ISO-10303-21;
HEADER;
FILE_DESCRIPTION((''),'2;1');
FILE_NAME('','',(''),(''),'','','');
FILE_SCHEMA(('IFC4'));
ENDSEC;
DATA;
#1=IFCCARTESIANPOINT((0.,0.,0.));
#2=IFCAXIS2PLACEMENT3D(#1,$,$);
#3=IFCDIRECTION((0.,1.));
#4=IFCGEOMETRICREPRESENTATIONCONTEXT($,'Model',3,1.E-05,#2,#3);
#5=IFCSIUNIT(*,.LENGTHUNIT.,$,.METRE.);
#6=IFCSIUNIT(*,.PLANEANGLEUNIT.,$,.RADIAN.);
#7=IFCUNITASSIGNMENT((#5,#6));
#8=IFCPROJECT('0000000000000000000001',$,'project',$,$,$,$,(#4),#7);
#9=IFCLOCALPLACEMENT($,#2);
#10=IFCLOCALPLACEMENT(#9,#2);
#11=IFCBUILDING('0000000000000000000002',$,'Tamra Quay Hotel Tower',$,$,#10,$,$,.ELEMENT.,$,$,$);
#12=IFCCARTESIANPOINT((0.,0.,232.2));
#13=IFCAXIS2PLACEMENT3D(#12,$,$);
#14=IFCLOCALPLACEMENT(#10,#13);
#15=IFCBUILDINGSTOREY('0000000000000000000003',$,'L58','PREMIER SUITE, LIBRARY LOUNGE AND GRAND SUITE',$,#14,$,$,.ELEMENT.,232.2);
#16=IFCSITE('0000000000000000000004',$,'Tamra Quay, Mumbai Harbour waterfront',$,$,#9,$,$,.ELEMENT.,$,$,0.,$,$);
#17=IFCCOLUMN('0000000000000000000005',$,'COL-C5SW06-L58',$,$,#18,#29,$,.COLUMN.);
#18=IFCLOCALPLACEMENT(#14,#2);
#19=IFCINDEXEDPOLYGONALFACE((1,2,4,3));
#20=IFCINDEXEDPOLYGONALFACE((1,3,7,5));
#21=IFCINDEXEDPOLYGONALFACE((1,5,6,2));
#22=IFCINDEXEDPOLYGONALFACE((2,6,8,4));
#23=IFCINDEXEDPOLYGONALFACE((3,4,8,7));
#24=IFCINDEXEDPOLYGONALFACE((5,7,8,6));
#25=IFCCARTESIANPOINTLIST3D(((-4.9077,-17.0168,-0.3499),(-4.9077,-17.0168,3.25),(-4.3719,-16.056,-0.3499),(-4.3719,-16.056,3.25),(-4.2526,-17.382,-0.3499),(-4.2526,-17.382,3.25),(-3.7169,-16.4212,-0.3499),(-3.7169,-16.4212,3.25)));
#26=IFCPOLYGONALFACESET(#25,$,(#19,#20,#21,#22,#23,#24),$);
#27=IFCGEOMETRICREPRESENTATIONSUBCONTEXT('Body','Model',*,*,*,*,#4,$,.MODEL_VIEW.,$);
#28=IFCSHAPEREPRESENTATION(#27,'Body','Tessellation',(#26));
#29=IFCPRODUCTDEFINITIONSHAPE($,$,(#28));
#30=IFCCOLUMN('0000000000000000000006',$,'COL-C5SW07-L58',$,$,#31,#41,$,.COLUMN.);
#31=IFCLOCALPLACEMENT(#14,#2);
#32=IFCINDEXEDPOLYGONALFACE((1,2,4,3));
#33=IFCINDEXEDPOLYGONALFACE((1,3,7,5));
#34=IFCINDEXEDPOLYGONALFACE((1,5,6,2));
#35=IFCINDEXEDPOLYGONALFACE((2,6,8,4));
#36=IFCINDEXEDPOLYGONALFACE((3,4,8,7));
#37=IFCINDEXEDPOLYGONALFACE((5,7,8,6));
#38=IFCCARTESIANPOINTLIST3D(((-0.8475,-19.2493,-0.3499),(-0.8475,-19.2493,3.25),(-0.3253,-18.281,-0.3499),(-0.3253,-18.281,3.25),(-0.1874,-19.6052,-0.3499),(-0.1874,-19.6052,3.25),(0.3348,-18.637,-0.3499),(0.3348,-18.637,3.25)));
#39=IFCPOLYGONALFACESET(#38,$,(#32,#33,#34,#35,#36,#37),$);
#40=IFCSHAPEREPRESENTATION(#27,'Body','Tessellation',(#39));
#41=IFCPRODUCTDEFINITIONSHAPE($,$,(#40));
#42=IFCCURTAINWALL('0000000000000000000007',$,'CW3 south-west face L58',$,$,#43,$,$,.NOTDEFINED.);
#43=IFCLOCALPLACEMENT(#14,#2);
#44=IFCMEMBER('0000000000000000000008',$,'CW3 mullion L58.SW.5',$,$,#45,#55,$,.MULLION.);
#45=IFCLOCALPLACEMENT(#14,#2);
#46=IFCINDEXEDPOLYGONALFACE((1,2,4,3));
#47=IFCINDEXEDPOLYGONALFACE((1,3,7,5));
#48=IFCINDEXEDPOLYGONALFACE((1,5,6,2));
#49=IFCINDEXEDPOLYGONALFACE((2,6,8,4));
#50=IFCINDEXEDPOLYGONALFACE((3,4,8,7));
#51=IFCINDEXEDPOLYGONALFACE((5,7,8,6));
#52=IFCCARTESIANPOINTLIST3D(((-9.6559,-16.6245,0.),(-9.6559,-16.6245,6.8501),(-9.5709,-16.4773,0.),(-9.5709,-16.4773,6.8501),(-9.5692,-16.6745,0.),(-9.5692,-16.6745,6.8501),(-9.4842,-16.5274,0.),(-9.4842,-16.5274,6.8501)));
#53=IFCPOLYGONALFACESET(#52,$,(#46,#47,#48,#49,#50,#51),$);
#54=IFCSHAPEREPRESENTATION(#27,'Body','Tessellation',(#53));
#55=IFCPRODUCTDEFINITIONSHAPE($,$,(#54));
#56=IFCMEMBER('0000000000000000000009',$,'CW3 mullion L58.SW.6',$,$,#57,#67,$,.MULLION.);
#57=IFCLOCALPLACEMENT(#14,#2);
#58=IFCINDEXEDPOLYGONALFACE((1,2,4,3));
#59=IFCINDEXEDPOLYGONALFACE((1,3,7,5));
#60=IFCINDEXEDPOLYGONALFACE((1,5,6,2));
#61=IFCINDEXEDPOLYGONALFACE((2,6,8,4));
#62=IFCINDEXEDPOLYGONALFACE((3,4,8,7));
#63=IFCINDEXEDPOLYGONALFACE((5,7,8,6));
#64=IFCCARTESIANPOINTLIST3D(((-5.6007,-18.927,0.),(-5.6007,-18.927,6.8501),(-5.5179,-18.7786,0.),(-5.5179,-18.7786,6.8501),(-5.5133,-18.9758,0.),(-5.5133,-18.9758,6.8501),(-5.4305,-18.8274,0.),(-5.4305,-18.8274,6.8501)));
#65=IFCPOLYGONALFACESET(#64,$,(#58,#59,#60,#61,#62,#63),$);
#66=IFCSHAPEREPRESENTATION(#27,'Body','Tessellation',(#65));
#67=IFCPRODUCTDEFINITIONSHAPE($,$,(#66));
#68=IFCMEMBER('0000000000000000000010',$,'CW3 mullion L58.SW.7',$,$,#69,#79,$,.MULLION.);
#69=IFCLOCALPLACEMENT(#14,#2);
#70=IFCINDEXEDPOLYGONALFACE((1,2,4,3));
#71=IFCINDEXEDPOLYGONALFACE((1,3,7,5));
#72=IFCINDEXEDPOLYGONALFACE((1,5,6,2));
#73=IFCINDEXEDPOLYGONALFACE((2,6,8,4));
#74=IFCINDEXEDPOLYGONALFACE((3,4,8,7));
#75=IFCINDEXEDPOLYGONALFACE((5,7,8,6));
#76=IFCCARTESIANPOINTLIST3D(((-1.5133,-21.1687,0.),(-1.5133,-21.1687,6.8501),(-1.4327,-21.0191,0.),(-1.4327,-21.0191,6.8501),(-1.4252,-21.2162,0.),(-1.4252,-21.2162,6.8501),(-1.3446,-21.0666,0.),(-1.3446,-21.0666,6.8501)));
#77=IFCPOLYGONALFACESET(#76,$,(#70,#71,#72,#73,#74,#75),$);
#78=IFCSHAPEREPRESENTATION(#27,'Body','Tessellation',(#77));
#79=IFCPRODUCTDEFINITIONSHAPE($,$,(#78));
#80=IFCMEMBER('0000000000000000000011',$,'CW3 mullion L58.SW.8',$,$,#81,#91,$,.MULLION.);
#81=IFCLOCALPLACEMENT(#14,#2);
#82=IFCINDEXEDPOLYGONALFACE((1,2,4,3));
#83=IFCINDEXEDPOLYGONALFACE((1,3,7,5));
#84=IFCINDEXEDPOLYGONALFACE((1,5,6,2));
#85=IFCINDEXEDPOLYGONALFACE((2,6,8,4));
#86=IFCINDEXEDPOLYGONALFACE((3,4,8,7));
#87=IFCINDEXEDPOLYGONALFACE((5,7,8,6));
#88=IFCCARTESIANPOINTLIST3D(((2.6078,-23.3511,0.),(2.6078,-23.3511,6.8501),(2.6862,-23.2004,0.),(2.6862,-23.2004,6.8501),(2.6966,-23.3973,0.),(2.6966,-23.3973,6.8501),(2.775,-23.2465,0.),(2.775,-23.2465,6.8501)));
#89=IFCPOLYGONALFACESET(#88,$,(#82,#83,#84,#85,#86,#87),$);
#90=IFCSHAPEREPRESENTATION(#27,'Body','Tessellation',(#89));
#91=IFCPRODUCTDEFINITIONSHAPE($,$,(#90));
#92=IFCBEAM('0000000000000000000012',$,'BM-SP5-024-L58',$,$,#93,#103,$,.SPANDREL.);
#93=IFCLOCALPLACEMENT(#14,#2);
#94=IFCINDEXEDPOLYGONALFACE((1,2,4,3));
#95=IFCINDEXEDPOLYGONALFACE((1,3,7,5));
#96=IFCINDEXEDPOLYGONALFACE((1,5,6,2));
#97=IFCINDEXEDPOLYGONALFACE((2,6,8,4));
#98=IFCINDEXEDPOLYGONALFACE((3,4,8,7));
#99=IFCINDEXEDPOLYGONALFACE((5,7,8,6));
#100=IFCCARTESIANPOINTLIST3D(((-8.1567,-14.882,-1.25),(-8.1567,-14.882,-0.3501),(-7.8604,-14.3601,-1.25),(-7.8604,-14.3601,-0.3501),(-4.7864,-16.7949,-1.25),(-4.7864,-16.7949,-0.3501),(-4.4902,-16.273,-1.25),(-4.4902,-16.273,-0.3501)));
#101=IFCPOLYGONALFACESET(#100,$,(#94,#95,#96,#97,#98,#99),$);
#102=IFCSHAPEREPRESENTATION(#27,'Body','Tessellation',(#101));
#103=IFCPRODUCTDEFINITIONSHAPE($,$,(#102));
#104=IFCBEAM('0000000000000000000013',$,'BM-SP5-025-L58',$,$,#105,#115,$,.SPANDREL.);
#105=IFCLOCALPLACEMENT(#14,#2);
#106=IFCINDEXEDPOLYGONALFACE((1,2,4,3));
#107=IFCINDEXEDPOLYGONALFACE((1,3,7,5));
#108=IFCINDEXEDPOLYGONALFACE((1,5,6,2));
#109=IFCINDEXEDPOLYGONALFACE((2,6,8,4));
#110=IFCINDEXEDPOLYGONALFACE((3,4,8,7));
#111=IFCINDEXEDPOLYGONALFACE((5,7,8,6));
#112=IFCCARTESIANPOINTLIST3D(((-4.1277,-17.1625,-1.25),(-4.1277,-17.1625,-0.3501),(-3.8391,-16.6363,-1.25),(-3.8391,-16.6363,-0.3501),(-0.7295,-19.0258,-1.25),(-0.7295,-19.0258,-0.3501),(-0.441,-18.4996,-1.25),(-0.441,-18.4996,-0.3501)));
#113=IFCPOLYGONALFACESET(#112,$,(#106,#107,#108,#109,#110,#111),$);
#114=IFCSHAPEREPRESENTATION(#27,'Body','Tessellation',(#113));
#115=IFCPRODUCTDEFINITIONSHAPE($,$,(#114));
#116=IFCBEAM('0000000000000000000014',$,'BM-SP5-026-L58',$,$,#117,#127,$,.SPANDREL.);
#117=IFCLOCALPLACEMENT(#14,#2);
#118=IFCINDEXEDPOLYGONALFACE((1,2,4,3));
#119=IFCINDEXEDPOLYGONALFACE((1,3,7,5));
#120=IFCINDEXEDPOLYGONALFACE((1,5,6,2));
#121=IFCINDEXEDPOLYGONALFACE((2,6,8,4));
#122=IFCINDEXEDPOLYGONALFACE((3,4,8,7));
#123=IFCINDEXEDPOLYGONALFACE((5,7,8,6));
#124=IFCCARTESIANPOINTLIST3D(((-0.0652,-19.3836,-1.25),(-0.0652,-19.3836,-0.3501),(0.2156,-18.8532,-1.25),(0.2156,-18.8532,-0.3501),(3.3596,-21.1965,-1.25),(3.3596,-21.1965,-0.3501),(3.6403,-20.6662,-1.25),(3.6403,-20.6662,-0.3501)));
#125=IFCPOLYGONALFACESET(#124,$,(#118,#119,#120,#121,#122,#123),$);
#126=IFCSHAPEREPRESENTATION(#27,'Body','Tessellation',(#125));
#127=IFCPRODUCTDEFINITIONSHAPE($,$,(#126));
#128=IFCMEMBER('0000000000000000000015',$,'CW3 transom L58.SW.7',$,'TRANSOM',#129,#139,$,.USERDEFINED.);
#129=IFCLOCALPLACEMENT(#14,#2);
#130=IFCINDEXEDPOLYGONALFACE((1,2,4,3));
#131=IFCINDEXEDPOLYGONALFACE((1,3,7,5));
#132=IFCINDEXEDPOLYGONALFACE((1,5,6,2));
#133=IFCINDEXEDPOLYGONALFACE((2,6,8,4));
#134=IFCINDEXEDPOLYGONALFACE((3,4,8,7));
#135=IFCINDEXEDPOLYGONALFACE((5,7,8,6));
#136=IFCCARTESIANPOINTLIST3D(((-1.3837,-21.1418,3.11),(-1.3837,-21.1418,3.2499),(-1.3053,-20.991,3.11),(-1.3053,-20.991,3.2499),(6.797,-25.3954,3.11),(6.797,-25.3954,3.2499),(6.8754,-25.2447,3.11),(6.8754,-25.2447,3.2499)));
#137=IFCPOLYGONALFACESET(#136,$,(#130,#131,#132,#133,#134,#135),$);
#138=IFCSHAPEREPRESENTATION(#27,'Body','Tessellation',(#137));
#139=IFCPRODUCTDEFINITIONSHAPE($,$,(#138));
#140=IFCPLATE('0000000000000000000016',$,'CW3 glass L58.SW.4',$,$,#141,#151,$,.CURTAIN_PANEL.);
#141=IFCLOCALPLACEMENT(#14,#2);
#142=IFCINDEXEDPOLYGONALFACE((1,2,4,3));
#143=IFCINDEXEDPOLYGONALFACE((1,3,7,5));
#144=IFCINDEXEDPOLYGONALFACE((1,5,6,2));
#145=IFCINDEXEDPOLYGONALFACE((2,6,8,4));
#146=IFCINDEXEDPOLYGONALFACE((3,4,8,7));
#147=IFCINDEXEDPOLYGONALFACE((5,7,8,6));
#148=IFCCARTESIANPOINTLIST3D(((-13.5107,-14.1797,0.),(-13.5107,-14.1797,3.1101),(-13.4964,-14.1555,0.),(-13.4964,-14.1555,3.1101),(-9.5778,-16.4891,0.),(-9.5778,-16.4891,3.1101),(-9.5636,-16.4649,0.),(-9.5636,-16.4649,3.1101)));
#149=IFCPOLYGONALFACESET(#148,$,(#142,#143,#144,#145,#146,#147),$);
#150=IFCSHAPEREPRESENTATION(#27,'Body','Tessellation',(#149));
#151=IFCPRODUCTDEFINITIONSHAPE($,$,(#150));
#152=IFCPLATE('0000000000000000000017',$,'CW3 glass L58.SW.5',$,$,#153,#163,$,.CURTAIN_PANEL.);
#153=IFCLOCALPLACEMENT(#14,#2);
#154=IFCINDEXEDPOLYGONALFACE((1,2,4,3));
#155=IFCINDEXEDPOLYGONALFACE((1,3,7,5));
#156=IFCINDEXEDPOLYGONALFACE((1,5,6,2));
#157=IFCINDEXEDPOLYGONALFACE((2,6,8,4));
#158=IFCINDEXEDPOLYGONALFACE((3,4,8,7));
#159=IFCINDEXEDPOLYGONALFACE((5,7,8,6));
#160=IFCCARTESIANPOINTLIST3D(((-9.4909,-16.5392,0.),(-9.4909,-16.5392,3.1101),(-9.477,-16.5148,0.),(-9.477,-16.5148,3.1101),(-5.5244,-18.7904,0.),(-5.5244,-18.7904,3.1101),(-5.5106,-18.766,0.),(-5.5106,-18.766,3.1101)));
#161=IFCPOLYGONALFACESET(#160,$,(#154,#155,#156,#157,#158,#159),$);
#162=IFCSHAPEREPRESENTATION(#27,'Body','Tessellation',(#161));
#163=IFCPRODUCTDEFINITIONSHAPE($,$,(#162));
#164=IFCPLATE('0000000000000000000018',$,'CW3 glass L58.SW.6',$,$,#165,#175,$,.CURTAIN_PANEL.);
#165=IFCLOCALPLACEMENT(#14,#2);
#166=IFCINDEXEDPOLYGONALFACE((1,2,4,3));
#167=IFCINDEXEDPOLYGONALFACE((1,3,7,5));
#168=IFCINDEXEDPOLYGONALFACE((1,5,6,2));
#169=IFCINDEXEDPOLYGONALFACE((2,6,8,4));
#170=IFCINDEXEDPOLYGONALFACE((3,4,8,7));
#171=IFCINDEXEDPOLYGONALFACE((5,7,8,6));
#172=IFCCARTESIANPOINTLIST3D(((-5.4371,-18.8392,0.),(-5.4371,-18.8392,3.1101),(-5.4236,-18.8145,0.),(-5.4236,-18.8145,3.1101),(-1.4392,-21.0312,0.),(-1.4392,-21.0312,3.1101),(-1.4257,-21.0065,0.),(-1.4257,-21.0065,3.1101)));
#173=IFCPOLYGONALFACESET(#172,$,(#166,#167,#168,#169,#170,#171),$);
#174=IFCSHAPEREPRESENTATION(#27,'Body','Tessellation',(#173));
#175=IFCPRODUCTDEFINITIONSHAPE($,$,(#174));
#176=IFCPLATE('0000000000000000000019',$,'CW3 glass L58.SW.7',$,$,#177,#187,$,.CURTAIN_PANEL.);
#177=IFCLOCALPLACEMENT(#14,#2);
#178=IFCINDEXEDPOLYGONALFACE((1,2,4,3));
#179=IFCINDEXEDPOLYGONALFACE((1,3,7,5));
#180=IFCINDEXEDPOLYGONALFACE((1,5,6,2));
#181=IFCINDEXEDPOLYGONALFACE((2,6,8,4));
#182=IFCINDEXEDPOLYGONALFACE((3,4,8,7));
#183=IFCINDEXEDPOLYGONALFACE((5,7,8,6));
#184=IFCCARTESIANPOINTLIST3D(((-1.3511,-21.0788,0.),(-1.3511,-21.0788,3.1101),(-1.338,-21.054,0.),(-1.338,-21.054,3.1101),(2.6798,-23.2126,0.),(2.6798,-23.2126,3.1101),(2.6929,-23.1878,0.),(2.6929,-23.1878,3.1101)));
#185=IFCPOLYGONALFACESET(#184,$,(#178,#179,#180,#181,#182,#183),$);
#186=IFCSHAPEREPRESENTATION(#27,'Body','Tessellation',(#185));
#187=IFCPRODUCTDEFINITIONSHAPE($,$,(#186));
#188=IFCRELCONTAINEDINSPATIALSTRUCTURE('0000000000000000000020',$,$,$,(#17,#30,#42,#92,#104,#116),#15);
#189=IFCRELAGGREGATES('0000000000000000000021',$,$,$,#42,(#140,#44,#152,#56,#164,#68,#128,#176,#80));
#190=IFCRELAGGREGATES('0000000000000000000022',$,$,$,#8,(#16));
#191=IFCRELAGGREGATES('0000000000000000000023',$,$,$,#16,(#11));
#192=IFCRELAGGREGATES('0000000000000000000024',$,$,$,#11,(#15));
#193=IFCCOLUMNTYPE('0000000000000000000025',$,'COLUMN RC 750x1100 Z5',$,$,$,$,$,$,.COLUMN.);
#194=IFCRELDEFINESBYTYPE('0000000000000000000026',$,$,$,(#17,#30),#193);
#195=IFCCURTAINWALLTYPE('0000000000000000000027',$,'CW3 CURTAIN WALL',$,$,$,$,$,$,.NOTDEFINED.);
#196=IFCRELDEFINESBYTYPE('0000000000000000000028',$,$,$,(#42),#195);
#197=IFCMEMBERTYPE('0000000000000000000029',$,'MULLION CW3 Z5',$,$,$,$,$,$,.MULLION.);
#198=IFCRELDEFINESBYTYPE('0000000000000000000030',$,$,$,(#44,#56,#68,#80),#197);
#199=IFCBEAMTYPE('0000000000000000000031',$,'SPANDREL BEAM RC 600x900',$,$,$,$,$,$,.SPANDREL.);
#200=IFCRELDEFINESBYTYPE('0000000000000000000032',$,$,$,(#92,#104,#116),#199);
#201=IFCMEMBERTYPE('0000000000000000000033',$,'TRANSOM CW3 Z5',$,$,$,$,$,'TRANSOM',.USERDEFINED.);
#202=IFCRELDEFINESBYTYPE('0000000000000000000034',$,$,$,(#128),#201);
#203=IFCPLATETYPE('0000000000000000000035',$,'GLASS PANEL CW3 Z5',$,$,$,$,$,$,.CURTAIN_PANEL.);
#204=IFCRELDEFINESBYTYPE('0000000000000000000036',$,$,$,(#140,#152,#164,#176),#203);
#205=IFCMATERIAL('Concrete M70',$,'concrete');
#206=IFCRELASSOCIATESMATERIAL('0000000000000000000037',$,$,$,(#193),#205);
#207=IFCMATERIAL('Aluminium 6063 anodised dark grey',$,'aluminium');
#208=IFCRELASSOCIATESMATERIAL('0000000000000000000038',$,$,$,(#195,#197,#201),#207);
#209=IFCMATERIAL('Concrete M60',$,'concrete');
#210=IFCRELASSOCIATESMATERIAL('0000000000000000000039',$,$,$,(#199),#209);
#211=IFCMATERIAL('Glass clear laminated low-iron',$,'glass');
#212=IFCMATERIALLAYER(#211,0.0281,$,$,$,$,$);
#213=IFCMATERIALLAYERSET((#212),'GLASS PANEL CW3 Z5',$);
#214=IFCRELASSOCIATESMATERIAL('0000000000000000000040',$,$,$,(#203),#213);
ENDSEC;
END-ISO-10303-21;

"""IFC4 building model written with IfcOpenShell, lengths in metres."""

from ifc_helpers import new_model, si_unit, direction, frame, origin, origin_2d, place, context, subcontext, project, spatial, rectangle, extrude, material, layer, layer_set, material_profile, profile_set, type_object, element, aggregate, save


model = new_model("IFC4")

# Units and contexts
model_context = context("Model", 3, precision=1e-05, world=origin(), true_north=direction((0.0, 1.0)))
body_context = subcontext(model_context, "Body", "Model", "MODEL_VIEW")
ifc_project = project(units=[si_unit("LENGTHUNIT", "METRE"), si_unit("PLANEANGLEUNIT", "RADIAN")], contexts=[model_context])

# Site, building, storey
site_placement = place(None, origin())
site = spatial("IfcSite", under=ifc_project, at=site_placement, Name="Tamra Quay, Mumbai Harbour waterfront", CompositionType="ELEMENT", RefElevation=0.0)
building_placement = place(site_placement, origin())
building = spatial("IfcBuilding", under=site, at=building_placement, Name="Tamra Quay Hotel Tower", CompositionType="ELEMENT")
storey_placement = place(building_placement, frame((0.0, 0.0, 232.2)))
storey = spatial("IfcBuildingStorey", under=building, at=storey_placement, Name="L58", Description="PREMIER SUITE, LIBRARY LOUNGE AND GRAND SUITE", CompositionType="ELEMENT", Elevation=232.2)

# Columns
ifc_material_1 = material(Name="Concrete M70", Category="concrete")
ifc_material_profile_1 = material_profile(ifc_material_1, rectangle(XDim=1.1001, YDim=0.75, at=origin_2d()), Name="COLUMN RC 750x1100 Z5")
ifc_profile_set_1 = profile_set([ifc_material_profile_1], Name="Concrete M70")
column_type = type_object("IfcColumnType", Name="COLUMN RC 750x1100 Z5", PredefinedType="COLUMN", material=ifc_profile_set_1)
for number, where, z_axis, x_axis, name in (
    (1, (-4.3123, -16.719, -0.3499), (0.0, 0.0, 1.0), (0.486989, 0.873408, 0.0), "COL-C5SW06-L58"),
    (2, (-0.2563, -18.9431, -0.3499), (0.0, 0.0, 1.0), (0.474651, 0.880174, 0.0), "COL-C5SW07-L58"),
):
    element("IfcColumn", number, at=place(storey_placement, frame(where, z_axis=z_axis, x_axis=x_axis)), inside=storey, type_object=column_type, Name=name, PredefinedType="COLUMN", context=body_context, shape_type="SweptSolid", body=[
        extrude(rectangle(XDim=1.1001, YDim=0.75, at=origin_2d()), origin(), (0.0, 0.0, 1.0), 3.5999),
    ])

# Curtain wall, members
ifc_material_2 = material(Name="Aluminium 6063 anodised dark grey", Category="aluminium")
curtain_wall_type = type_object("IfcCurtainWallType", Name="CW3 CURTAIN WALL", PredefinedType="NOTDEFINED", material=ifc_material_2)
curtain_wall_placement = place(storey_placement, origin())
curtain_wall = element("IfcCurtainWall", 3, at=curtain_wall_placement, inside=storey, type_object=curtain_wall_type, Name="CW3 south-west face L58", PredefinedType="NOTDEFINED")
ifc_material_profile_2 = material_profile(ifc_material_2, rectangle(XDim=0.1699, YDim=0.1001, at=origin_2d()), Name="MULLION 100X170")
ifc_profile_set_2 = profile_set([ifc_material_profile_2], Name="Aluminium 6063 anodised dark grey")
member_type_1 = type_object("IfcMemberType", Name="MULLION CW3 Z5", PredefinedType="MULLION", material=ifc_profile_set_2)
member_1_placement = place(storey_placement, frame((-9.5701, -16.5759, 0.0), z_axis=(0.0, 0.0, 1.0), x_axis=(-0.5, -0.866025, 0.0)))
member_1 = element("IfcMember", 4, at=member_1_placement, type_object=member_type_1, Name="CW3 mullion L58.SW.5", PredefinedType="MULLION", context=body_context, shape_type="SweptSolid", body=[
    extrude(rectangle(XDim=0.1699, YDim=0.1001, at=origin_2d()), origin(), (0.0, 0.0, 1.0), 6.8501),
])
member_2_placement = place(storey_placement, frame((-5.5156, -18.8772, 0.0), z_axis=(0.0, 0.0, 1.0), x_axis=(-0.487204, -0.873288, 0.0)))
member_2 = element("IfcMember", 5, at=member_2_placement, type_object=member_type_1, Name="CW3 mullion L58.SW.6", PredefinedType="MULLION", context=body_context, shape_type="SweptSolid", body=[
    extrude(rectangle(XDim=0.1699, YDim=0.1001, at=origin_2d()), origin(), (0.0, 0.0, 1.0), 6.8501),
])
member_3_placement = place(storey_placement, frame((-1.429, -21.1177, 0.0), z_axis=(0.0, 0.0, 1.0), x_axis=(-0.474319, -0.880353, 0.0)))
member_3 = element("IfcMember", 6, at=member_3_placement, type_object=member_type_1, Name="CW3 mullion L58.SW.7", PredefinedType="MULLION", context=body_context, shape_type="SweptSolid", body=[
    extrude(rectangle(XDim=0.1699, YDim=0.1001, at=origin_2d()), origin(), (0.0, 0.0, 1.0), 6.8501),
])
member_4_placement = place(storey_placement, frame((2.6914, -23.2988, 0.0), z_axis=(0.0, 0.0, 1.0), x_axis=(-0.461344, -0.887221, 0.0)))
member_4 = element("IfcMember", 7, at=member_4_placement, type_object=member_type_1, Name="CW3 mullion L58.SW.8", PredefinedType="MULLION", context=body_context, shape_type="SweptSolid", body=[
    extrude(rectangle(XDim=0.1699, YDim=0.1001, at=origin_2d()), origin(), (0.0, 0.0, 1.0), 6.8501),
])

# Beams
ifc_material_3 = material(Name="Concrete M60", Category="concrete")
ifc_material_profile_3 = material_profile(ifc_material_3, rectangle(XDim=0.6001, YDim=0.8999, at=origin_2d()), Name="SPANDREL BEAM RC 600x900")
ifc_profile_set_3 = profile_set([ifc_material_profile_3], Name="Concrete M60")
beam_type = type_object("IfcBeamType", Name="SPANDREL BEAM RC 600x900", PredefinedType="SPANDREL", material=ifc_profile_set_3)
beam_1_placement = place(storey_placement, frame((-8.0085, -14.6211, -0.8), z_axis=(0.869678, -0.49362, 0.0), x_axis=(0.49362, 0.869678, 0.0)))
element("IfcBeam", 8, at=beam_1_placement, inside=storey, type_object=beam_type, Name="BM-SP5-024-L58", PredefinedType="SPANDREL", context=body_context, shape_type="SweptSolid", body=[
    extrude(rectangle(XDim=0.6001, YDim=0.8999, at=origin_2d()), origin(), (0.0, 0.0, 1.0), 3.8752),
])
beam_2_placement = place(storey_placement, frame((-3.9834, -16.8994, -0.8), z_axis=(0.876839, -0.480784, 0.0), x_axis=(0.480784, 0.876839, 0.0)))
element("IfcBeam", 9, at=beam_2_placement, inside=storey, type_object=beam_type, Name="BM-SP5-025-L58", PredefinedType="SPANDREL", context=body_context, shape_type="SweptSolid", body=[
    extrude(rectangle(XDim=0.6001, YDim=0.8999, at=origin_2d()), origin(), (0.0, 0.0, 1.0), 3.8755),
])
beam_3_placement = place(storey_placement, frame((0.0752, -19.1184, -0.8), z_axis=(0.883803, -0.467859, 0.0), x_axis=(0.467859, 0.883803, 0.0)))
element("IfcBeam", 10, at=beam_3_placement, inside=storey, type_object=beam_type, Name="BM-SP5-026-L58", PredefinedType="SPANDREL", context=body_context, shape_type="SweptSolid", body=[
    extrude(rectangle(XDim=0.6001, YDim=0.8999, at=origin_2d()), origin(), (0.0, 0.0, 1.0), 3.875),
])

# Member
ifc_material_profile_4 = material_profile(ifc_material_2, rectangle(XDim=0.1699, YDim=0.1399, at=origin_2d()), Name="TRANSOM 170X140")
ifc_profile_set_4 = profile_set([ifc_material_profile_4], Name="Aluminium 6063 anodised dark grey")
member_type_2 = type_object("IfcMemberType", Name="TRANSOM CW3 Z5", ElementType="TRANSOM", PredefinedType="USERDEFINED", material=ifc_profile_set_4)
member_5_placement = place(storey_placement, frame((-1.3445, -21.0664, 3.1799), z_axis=(0.887229, -0.461329, 0.0), x_axis=(0.461329, 0.887229, 0.0)))
member_5 = element("IfcMember", 11, at=member_5_placement, type_object=member_type_2, Name="CW3 transom L58.SW.7", ObjectType="TRANSOM", PredefinedType="USERDEFINED", context=body_context, shape_type="SweptSolid", body=[
    extrude(rectangle(XDim=0.1699, YDim=0.1399, at=origin_2d()), origin(), (0.0, 0.0, 1.0), 9.2205),
])

# Plates
ifc_material_4 = material(Name="Glass clear laminated low-iron", Category="glass")
ifc_layer_1 = layer(ifc_material_4, 0.0281)
ifc_layer_set_1 = layer_set([ifc_layer_1], Name="GLASS PANEL CW3 Z5")
plate_type = type_object("IfcPlateType", Name="GLASS PANEL CW3 Z5", PredefinedType="CURTAIN_PANEL", material=ifc_layer_set_1)
plate_1_placement = place(storey_placement, frame((-11.5371, -15.3223, 0.0), z_axis=(0.0, 0.0, 1.0), x_axis=(0.862321, -0.506362, 0.0)))
plate_1 = element("IfcPlate", 12, at=plate_1_placement, type_object=plate_type, Name="CW3 glass L58.SW.4", PredefinedType="CURTAIN_PANEL", context=body_context, shape_type="SweptSolid", body=[
    extrude(rectangle(XDim=4.5608, YDim=0.0281, at=origin_2d()), origin(), (0.0, 0.0, 1.0), 3.1101),
])
plate_2_placement = place(storey_placement, frame((-7.5007, -17.6526, 0.0), z_axis=(0.0, 0.0, 1.0), x_axis=(0.869683, -0.493611, 0.0)))
plate_2 = element("IfcPlate", 13, at=plate_2_placement, type_object=plate_type, Name="CW3 glass L58.SW.5", PredefinedType="CURTAIN_PANEL", context=body_context, shape_type="SweptSolid", body=[
    extrude(rectangle(XDim=4.5608, YDim=0.0281, at=origin_2d()), origin(), (0.0, 0.0, 1.0), 3.1101),
])
plate_3_placement = place(storey_placement, frame((-3.4314, -19.9229, 0.0), z_axis=(0.0, 0.0, 1.0), x_axis=(0.876846, -0.480771, 0.0)))
plate_3 = element("IfcPlate", 14, at=plate_3_placement, type_object=plate_type, Name="CW3 glass L58.SW.6", PredefinedType="CURTAIN_PANEL", context=body_context, shape_type="SweptSolid", body=[
    extrude(rectangle(XDim=4.5593, YDim=0.0281, at=origin_2d()), origin(), (0.0, 0.0, 1.0), 3.1101),
])
plate_4_placement = place(storey_placement, frame((0.6709, -22.1333, 0.0), z_axis=(0.0, 0.0, 1.0), x_axis=(0.883813, -0.467841, 0.0)))
plate_4 = element("IfcPlate", 15, at=plate_4_placement, type_object=plate_type, Name="CW3 glass L58.SW.7", PredefinedType="CURTAIN_PANEL", context=body_context, shape_type="SweptSolid", body=[
    extrude(rectangle(XDim=4.5608, YDim=0.0281, at=origin_2d()), origin(), (0.0, 0.0, 1.0), 3.1101),
])
aggregate(curtain_wall, [plate_1, member_1, plate_2, member_2, plate_3, member_3, member_5, plate_4, member_4])

save(model, "model.ifc")
